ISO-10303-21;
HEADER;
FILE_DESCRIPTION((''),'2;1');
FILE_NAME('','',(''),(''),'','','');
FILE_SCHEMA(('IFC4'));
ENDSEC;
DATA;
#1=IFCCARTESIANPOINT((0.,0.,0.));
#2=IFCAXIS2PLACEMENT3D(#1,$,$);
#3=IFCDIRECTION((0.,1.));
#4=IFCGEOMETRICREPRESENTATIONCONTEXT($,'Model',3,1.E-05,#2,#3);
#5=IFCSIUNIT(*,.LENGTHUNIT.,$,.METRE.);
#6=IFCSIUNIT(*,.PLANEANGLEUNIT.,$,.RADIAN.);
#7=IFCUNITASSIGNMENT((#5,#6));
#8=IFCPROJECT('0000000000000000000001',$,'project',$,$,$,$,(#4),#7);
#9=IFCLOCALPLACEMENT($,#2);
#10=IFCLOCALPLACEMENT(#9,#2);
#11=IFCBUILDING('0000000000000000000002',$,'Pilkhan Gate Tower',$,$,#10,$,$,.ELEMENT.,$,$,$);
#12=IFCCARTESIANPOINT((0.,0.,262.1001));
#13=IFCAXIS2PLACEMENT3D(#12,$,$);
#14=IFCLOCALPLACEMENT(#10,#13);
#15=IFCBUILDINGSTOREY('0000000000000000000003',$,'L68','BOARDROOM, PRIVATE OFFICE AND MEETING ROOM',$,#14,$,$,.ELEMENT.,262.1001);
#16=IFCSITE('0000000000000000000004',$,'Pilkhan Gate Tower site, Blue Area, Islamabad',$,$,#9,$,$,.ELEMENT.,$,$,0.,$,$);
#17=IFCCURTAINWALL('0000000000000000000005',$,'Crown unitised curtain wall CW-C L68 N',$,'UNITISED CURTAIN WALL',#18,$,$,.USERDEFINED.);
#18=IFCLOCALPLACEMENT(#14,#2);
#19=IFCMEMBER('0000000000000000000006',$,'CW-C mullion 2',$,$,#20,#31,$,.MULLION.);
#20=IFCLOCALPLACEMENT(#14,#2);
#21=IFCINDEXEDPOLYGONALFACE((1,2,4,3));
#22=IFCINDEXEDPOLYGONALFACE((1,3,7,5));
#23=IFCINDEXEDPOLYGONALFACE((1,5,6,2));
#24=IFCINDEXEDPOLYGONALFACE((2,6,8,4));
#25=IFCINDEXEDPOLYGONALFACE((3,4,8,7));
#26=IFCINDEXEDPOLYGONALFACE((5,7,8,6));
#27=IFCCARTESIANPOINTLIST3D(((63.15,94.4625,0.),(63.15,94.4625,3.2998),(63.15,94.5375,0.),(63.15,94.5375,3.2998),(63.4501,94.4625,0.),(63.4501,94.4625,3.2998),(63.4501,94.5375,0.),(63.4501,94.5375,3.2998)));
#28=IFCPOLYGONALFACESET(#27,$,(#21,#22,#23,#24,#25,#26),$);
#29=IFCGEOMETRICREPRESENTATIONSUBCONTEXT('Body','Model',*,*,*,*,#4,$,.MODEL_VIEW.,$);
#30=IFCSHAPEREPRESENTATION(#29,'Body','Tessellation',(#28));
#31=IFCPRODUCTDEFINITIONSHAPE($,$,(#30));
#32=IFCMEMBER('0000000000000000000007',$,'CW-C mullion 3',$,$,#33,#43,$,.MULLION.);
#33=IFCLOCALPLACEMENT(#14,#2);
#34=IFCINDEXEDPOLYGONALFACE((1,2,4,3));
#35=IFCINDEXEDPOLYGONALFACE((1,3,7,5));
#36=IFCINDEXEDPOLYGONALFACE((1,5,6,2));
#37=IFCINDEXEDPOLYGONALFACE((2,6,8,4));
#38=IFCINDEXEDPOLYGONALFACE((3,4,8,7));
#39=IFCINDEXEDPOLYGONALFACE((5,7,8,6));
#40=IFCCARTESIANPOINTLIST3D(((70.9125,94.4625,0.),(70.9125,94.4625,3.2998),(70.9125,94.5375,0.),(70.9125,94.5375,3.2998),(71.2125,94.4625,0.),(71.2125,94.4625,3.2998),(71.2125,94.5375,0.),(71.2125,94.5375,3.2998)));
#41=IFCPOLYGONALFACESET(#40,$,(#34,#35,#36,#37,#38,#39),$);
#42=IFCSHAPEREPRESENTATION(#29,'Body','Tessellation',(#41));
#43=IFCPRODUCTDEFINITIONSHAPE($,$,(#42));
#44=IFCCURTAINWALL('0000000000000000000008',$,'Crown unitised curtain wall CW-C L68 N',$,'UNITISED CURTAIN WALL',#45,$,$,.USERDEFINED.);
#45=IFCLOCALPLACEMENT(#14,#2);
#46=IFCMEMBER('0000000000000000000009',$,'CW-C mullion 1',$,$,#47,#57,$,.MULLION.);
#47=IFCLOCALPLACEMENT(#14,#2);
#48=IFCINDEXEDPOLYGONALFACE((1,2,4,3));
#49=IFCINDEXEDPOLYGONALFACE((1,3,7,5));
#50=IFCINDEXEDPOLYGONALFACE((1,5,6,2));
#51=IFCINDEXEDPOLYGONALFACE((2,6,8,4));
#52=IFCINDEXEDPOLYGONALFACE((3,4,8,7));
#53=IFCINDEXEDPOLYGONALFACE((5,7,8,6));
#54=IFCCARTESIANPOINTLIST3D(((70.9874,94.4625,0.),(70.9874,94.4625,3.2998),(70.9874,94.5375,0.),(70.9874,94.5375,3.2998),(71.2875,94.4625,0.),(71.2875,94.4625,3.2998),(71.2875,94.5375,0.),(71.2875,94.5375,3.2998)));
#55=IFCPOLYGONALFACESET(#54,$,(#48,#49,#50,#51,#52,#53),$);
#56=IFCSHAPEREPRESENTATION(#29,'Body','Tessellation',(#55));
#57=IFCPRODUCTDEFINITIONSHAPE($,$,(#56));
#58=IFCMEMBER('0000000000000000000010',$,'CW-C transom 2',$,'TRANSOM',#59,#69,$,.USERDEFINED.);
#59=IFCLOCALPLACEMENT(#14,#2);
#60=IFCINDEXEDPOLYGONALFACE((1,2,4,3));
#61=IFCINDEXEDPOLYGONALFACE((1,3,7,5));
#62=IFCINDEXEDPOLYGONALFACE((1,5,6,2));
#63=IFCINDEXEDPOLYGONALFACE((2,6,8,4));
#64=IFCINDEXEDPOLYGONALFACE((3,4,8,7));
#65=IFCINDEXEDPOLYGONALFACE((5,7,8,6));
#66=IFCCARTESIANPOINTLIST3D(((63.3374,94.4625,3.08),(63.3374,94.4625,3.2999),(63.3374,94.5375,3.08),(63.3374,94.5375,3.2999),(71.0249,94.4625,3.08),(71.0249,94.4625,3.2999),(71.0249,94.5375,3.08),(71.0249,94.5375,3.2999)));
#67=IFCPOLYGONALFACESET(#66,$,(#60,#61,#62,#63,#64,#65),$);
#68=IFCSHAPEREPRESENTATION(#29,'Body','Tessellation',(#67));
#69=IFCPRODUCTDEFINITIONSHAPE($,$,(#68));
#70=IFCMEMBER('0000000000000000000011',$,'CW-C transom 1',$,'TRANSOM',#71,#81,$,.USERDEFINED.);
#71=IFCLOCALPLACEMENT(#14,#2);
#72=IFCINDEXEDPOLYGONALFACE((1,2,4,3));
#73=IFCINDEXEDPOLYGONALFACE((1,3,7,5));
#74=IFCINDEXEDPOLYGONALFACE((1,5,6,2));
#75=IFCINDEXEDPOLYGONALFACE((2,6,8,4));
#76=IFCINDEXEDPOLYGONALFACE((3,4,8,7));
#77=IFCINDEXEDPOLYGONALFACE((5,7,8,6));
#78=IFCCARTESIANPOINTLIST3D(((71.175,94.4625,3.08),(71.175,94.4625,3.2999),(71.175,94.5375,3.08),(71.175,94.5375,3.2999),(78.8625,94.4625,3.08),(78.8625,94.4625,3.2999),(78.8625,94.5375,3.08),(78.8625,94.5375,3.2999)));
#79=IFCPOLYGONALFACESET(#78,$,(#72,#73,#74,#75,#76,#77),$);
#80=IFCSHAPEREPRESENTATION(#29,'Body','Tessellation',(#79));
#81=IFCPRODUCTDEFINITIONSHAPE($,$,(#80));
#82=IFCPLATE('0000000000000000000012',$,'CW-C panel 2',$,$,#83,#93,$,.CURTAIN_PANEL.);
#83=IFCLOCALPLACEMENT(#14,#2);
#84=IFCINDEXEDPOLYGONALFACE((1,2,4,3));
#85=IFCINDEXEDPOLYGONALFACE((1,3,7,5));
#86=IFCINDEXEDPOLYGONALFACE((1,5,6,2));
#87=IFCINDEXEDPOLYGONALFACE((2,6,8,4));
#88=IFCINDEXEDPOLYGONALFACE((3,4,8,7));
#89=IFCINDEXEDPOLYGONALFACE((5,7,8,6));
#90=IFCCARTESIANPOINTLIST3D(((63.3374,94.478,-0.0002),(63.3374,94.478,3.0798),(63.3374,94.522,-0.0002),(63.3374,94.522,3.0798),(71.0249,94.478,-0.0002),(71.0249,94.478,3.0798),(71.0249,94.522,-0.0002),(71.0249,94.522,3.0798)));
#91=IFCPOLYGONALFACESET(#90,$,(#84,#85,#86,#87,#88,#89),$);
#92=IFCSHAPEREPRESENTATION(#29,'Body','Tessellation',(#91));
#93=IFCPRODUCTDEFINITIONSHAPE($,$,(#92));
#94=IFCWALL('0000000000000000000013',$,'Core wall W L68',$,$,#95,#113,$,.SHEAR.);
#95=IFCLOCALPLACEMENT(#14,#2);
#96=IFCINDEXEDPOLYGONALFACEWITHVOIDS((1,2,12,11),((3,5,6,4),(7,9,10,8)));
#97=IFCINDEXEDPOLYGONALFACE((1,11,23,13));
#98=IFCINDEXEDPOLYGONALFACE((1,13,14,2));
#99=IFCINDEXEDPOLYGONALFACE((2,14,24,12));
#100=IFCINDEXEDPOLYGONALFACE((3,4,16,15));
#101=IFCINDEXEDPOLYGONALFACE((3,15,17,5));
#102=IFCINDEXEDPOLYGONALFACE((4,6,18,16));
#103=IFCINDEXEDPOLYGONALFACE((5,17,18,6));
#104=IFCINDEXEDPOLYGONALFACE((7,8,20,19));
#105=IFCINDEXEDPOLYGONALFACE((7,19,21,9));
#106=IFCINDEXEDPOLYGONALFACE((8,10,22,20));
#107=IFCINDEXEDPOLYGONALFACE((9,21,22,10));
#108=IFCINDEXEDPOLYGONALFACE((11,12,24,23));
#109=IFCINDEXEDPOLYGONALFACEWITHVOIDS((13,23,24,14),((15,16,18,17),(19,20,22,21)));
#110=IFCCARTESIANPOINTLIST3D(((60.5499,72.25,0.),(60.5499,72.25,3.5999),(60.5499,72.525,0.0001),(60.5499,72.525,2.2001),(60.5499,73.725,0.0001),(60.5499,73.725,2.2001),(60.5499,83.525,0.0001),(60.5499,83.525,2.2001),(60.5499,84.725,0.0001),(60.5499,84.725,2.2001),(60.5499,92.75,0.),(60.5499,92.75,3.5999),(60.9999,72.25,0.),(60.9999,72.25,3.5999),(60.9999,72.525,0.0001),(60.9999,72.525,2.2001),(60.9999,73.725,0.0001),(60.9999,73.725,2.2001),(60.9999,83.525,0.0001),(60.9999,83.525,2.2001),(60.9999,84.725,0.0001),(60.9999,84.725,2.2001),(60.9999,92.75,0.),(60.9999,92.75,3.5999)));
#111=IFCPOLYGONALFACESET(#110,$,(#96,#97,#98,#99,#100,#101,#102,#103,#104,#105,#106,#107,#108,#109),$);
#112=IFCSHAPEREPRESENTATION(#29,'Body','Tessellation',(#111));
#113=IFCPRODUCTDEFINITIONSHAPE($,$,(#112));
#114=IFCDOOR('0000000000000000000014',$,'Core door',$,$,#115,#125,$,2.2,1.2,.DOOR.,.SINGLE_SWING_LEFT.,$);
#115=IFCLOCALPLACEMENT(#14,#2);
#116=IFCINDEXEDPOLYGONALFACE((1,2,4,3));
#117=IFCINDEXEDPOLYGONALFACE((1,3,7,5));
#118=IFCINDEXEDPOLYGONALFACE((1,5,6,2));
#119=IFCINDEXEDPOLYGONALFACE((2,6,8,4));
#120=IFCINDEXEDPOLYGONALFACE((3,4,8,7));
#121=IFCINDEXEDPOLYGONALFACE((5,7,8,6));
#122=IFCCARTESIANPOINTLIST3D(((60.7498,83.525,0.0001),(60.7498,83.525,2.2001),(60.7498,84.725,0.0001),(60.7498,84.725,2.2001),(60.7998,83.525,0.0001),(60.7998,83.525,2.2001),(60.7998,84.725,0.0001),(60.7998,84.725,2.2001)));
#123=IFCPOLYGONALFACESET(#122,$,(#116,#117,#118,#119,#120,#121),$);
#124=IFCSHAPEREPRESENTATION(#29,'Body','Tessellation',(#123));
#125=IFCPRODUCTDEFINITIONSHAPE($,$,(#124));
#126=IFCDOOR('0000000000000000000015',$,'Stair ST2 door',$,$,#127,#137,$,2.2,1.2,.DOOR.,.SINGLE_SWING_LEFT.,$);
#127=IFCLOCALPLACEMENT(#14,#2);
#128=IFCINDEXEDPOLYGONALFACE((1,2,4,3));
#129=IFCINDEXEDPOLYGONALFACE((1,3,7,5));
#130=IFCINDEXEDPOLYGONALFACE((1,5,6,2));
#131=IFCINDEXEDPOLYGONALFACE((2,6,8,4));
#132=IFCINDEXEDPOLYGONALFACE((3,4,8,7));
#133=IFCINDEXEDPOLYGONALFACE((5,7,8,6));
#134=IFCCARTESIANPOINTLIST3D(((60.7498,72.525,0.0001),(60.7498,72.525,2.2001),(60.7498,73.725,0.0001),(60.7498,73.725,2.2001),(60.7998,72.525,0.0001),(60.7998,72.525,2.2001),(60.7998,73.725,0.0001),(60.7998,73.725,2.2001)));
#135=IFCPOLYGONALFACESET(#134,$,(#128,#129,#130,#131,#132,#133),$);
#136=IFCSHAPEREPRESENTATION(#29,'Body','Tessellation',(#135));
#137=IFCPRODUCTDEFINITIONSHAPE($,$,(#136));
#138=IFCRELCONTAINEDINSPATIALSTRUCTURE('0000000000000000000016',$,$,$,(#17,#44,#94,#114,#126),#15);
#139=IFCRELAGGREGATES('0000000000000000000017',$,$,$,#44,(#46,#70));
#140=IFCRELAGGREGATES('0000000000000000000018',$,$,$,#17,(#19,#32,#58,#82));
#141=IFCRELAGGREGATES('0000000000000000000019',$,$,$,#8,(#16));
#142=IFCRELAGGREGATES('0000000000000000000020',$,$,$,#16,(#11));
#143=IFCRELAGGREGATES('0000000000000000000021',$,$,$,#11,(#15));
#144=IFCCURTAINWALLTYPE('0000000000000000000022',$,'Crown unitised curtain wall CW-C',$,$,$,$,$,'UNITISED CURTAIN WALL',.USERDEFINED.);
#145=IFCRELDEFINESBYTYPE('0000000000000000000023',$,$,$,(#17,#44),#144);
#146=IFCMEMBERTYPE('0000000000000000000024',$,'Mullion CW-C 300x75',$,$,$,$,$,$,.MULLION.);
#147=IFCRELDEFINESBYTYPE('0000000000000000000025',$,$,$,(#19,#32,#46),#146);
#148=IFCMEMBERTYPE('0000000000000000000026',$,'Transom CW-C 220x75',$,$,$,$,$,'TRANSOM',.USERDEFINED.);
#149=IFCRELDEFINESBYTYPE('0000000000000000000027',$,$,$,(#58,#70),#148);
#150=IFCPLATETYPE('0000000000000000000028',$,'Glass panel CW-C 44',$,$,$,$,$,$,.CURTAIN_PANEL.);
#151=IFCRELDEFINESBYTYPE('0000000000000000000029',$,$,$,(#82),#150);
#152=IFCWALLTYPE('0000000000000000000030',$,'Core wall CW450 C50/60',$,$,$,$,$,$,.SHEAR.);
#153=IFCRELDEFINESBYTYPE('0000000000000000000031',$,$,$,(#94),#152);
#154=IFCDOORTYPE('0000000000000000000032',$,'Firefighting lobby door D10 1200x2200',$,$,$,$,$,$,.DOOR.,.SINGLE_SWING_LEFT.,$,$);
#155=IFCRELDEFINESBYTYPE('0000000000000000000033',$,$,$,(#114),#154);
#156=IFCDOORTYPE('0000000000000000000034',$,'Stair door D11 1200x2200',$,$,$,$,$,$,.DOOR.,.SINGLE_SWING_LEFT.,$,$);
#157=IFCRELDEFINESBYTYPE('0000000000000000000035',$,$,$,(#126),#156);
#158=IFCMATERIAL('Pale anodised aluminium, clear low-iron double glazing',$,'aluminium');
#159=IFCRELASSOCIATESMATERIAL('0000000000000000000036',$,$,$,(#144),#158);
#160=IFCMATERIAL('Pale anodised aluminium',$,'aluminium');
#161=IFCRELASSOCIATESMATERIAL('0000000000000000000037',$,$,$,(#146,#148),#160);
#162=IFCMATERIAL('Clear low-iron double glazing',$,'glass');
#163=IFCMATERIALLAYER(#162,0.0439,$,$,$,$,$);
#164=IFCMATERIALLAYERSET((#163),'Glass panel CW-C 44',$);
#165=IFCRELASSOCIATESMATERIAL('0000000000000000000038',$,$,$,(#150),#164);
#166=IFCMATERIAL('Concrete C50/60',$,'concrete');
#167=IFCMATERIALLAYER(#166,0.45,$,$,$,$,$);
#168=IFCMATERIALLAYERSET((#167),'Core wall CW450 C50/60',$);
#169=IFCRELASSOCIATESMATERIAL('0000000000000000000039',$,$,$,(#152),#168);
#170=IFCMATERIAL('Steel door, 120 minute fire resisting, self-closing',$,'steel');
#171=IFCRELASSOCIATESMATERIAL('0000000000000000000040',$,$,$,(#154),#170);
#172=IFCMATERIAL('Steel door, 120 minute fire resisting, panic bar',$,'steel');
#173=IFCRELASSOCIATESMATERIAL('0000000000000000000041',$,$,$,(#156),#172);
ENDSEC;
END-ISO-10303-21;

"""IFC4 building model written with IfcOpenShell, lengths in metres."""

from ifc_helpers import new_model, si_unit, direction, frame, frame_2d, origin, origin_2d, place, context, subcontext, project, spatial, rectangle, extrude, material, layer, layer_set, material_profile, profile_set, type_object, element, fill, aggregate, save


model = new_model("IFC4")

# Units and contexts
model_context = context("Model", 3, precision=1e-05, world=origin(), true_north=direction((0.0, 1.0)))
body_context = subcontext(model_context, "Body", "Model", "MODEL_VIEW")
ifc_project = project(units=[si_unit("LENGTHUNIT", "METRE"), si_unit("PLANEANGLEUNIT", "RADIAN")], contexts=[model_context])

# Site, building, storey
site_placement = place(None, origin())
site = spatial("IfcSite", under=ifc_project, at=site_placement, Name="Pilkhan Gate Tower site, Blue Area, Islamabad", CompositionType="ELEMENT", RefElevation=0.0)
building_placement = place(site_placement, origin())
building = spatial("IfcBuilding", under=site, at=building_placement, Name="Pilkhan Gate Tower", CompositionType="ELEMENT")
storey_placement = place(building_placement, frame((0.0, 0.0, 262.1001)))
storey = spatial("IfcBuildingStorey", under=building, at=storey_placement, Name="L68", Description="BOARDROOM, PRIVATE OFFICE AND MEETING ROOM", CompositionType="ELEMENT", Elevation=262.1001)

# Curtain wall, members
ifc_material_1 = material(Name="Pale anodised aluminium, clear low-iron double glazing", Category="aluminium")
curtain_wall_type = type_object("IfcCurtainWallType", Name="Crown unitised curtain wall CW-C", ElementType="UNITISED CURTAIN WALL", PredefinedType="USERDEFINED", material=ifc_material_1)
curtain_wall_1_placement = place(storey_placement, origin())
curtain_wall_1 = element("IfcCurtainWall", 1, at=curtain_wall_1_placement, inside=storey, type_object=curtain_wall_type, Name="Crown unitised curtain wall CW-C L68 N", ObjectType="UNITISED CURTAIN WALL", PredefinedType="USERDEFINED")
ifc_material_2 = material(Name="Pale anodised aluminium", Category="aluminium")
ifc_material_profile_1 = material_profile(ifc_material_2, rectangle(XDim=0.075, YDim=0.3, at=origin_2d()), Name="Mullion 300x75")
ifc_profile_set_1 = profile_set([ifc_material_profile_1], Name="Pale anodised aluminium")
member_type_1 = type_object("IfcMemberType", Name="Mullion CW-C 300x75", PredefinedType="MULLION", material=ifc_profile_set_1)
member_1_placement = place(storey_placement, frame((63.3, 94.5, 0.0), z_axis=(0.0, 0.0, 1.0), x_axis=(0.0, 1.0, 0.0)))
member_1 = element("IfcMember", 2, at=member_1_placement, type_object=member_type_1, Name="CW-C mullion 2", PredefinedType="MULLION", context=body_context, shape_type="SweptSolid", body=[
    extrude(rectangle(XDim=0.075, YDim=0.3, at=origin_2d()), origin(), (0.0, 0.0, 1.0), 3.2998),
])
member_2_placement = place(storey_placement, frame((71.0625, 94.5, 0.0), z_axis=(0.0, 0.0, 1.0), x_axis=(0.0, 1.0, 0.0)))
member_2 = element("IfcMember", 3, at=member_2_placement, type_object=member_type_1, Name="CW-C mullion 3", PredefinedType="MULLION", context=body_context, shape_type="SweptSolid", body=[
    extrude(rectangle(XDim=0.075, YDim=0.3, at=origin_2d()), origin(), (0.0, 0.0, 1.0), 3.2998),
])

# Curtain wall, member
curtain_wall_2_placement = place(storey_placement, origin())
curtain_wall_2 = element("IfcCurtainWall", 4, at=curtain_wall_2_placement, inside=storey, type_object=curtain_wall_type, Name="Crown unitised curtain wall CW-C L68 N", ObjectType="UNITISED CURTAIN WALL", PredefinedType="USERDEFINED")
member_3_placement = place(storey_placement, frame((71.1375, 94.5, 0.0), z_axis=(0.0, 0.0, 1.0), x_axis=(0.0, 1.0, 0.0)))
member_3 = element("IfcMember", 5, at=member_3_placement, type_object=member_type_1, Name="CW-C mullion 1", PredefinedType="MULLION", context=body_context, shape_type="SweptSolid", body=[
    extrude(rectangle(XDim=0.075, YDim=0.3, at=origin_2d()), origin(), (0.0, 0.0, 1.0), 3.2998),
])

# Members
ifc_material_profile_2 = material_profile(ifc_material_2, rectangle(XDim=0.075, YDim=0.22, at=origin_2d()), Name="Transom 220x75")
ifc_profile_set_2 = profile_set([ifc_material_profile_2], Name="Pale anodised aluminium")
member_type_2 = type_object("IfcMemberType", Name="Transom CW-C 220x75", ElementType="TRANSOM", PredefinedType="USERDEFINED", material=ifc_profile_set_2)
member_4_placement = place(storey_placement, frame((63.3374, 94.5, 3.1899), z_axis=(1.0, 0.0, 0.0), x_axis=(0.0, 1.0, 0.0)))
member_4 = element("IfcMember", 6, at=member_4_placement, type_object=member_type_2, Name="CW-C transom 2", ObjectType="TRANSOM", PredefinedType="USERDEFINED", context=body_context, shape_type="SweptSolid", body=[
    extrude(rectangle(XDim=0.075, YDim=0.22, at=origin_2d()), origin(), (0.0, 0.0, 1.0), 7.6875),
])
member_5_placement = place(storey_placement, frame((71.175, 94.5, 3.1899), z_axis=(1.0, 0.0, 0.0), x_axis=(0.0, 1.0, 0.0)))
member_5 = element("IfcMember", 7, at=member_5_placement, type_object=member_type_2, Name="CW-C transom 1", ObjectType="TRANSOM", PredefinedType="USERDEFINED", context=body_context, shape_type="SweptSolid", body=[
    extrude(rectangle(XDim=0.075, YDim=0.22, at=origin_2d()), origin(), (0.0, 0.0, 1.0), 7.6875),
])
aggregate(curtain_wall_2, [member_3, member_5])

# Plate
ifc_material_3 = material(Name="Clear low-iron double glazing", Category="glass")
ifc_layer_1 = layer(ifc_material_3, 0.0439)
ifc_layer_set_1 = layer_set([ifc_layer_1], Name="Glass panel CW-C 44")
plate_type = type_object("IfcPlateType", Name="Glass panel CW-C 44", PredefinedType="CURTAIN_PANEL", material=ifc_layer_set_1)
plate_placement = place(storey_placement, frame((67.1812, 94.5, -0.0002), z_axis=(0.0, 0.0, 1.0), x_axis=(1.0, 0.0, 0.0)))
plate = element("IfcPlate", 8, at=plate_placement, type_object=plate_type, Name="CW-C panel 2", PredefinedType="CURTAIN_PANEL", context=body_context, shape_type="SweptSolid", body=[
    extrude(rectangle(XDim=7.6875, YDim=0.0439, at=origin_2d()), origin(), (0.0, 0.0, 1.0), 3.0801),
])
aggregate(curtain_wall_1, [member_1, member_2, member_4, plate])

# Wall, openings, doors
ifc_material_4 = material(Name="Concrete C50/60", Category="concrete")
ifc_layer_2 = layer(ifc_material_4, 0.45)
ifc_layer_set_2 = layer_set([ifc_layer_2], Name="Core wall CW450 C50/60")
wall_type_1 = type_object("IfcWallType", Name="Core wall CW450 C50/60", PredefinedType="SHEAR", material=ifc_layer_set_2)
wall_1_placement = place(storey_placement, frame((60.7749, 92.75, 0.0), z_axis=(0.0, 0.0, 1.0), x_axis=(0.0, -1.0, 0.0)))
wall_1 = element("IfcWall", 9, at=wall_1_placement, inside=storey, type_object=wall_type_1, Name="Core wall W L68", PredefinedType="SHEAR", context=body_context, shape_type="SweptSolid", body=[
    extrude(rectangle(XDim=20.5, YDim=0.45, at=frame_2d((10.25, 0.0))), origin(), (0.0, 0.0, 1.0), 3.5999),
])
opening_1_placement = place(wall_1_placement, frame((19.0249, 0.0, 0.0)))
opening_1 = element("IfcOpeningElement", 10, at=opening_1_placement, cuts=wall_1, PredefinedType="OPENING", context=body_context, shape_type="SweptSolid", body=[
    extrude(rectangle(XDim=1.2, YDim=2.2, at=frame_2d((0.6001, 1.1001))), frame((0.0, 0.2349, 0.0), z_axis=(0.0, -1.0, 0.0), x_axis=(1.0, 0.0, 0.0)), (0.0, 0.0, 1.0), 0.47),
])
opening_2_placement = place(wall_1_placement, frame((8.0249, 0.0, 0.0)))
opening_2 = element("IfcOpeningElement", 11, at=opening_2_placement, cuts=wall_1, PredefinedType="OPENING", context=body_context, shape_type="SweptSolid", body=[
    extrude(rectangle(XDim=1.2, YDim=2.2, at=frame_2d((0.6001, 1.1001))), frame((0.0, 0.2349, 0.0), z_axis=(0.0, -1.0, 0.0), x_axis=(1.0, 0.0, 0.0)), (0.0, 0.0, 1.0), 0.47),
])
ifc_material_5 = material(Name="Steel door, 120 minute fire resisting, self-closing", Category="steel")
door_type_1 = type_object("IfcDoorType", Name="Firefighting lobby door D10 1200x2200", OperationType="SINGLE_SWING_LEFT", PredefinedType="DOOR", material=ifc_material_5)
door_1_placement = place(opening_2_placement, origin())
door_1 = element("IfcDoor", 12, at=door_1_placement, inside=storey, type_object=door_type_1, Name="Core door", OperationType="SINGLE_SWING_LEFT", OverallHeight=2.2, OverallWidth=1.2, PredefinedType="DOOR", context=body_context, shape_type="SweptSolid", body=[
    extrude(rectangle(XDim=1.2, YDim=2.2, at=frame_2d((0.6001, 1.1001))), frame((0.0, 0.0249, 0.0), z_axis=(0.0, -1.0, 0.0), x_axis=(1.0, 0.0, 0.0)), (0.0, 0.0, 1.0), 0.05),
])
fill(opening_2, door_1)
ifc_material_6 = material(Name="Steel door, 120 minute fire resisting, panic bar", Category="steel")
door_type_2 = type_object("IfcDoorType", Name="Stair door D11 1200x2200", OperationType="SINGLE_SWING_LEFT", PredefinedType="DOOR", material=ifc_material_6)
door_2_placement = place(opening_1_placement, origin())
door_2 = element("IfcDoor", 13, at=door_2_placement, inside=storey, type_object=door_type_2, Name="Stair ST2 door", OperationType="SINGLE_SWING_LEFT", OverallHeight=2.2, OverallWidth=1.2, PredefinedType="DOOR", context=body_context, shape_type="SweptSolid", body=[
    extrude(rectangle(XDim=1.2, YDim=2.2, at=frame_2d((0.6001, 1.1001))), frame((0.0, 0.0249, 0.0), z_axis=(0.0, -1.0, 0.0), x_axis=(1.0, 0.0, 0.0)), (0.0, 0.0, 1.0), 0.05),
])
fill(opening_1, door_2)

save(model, "model.ifc")
